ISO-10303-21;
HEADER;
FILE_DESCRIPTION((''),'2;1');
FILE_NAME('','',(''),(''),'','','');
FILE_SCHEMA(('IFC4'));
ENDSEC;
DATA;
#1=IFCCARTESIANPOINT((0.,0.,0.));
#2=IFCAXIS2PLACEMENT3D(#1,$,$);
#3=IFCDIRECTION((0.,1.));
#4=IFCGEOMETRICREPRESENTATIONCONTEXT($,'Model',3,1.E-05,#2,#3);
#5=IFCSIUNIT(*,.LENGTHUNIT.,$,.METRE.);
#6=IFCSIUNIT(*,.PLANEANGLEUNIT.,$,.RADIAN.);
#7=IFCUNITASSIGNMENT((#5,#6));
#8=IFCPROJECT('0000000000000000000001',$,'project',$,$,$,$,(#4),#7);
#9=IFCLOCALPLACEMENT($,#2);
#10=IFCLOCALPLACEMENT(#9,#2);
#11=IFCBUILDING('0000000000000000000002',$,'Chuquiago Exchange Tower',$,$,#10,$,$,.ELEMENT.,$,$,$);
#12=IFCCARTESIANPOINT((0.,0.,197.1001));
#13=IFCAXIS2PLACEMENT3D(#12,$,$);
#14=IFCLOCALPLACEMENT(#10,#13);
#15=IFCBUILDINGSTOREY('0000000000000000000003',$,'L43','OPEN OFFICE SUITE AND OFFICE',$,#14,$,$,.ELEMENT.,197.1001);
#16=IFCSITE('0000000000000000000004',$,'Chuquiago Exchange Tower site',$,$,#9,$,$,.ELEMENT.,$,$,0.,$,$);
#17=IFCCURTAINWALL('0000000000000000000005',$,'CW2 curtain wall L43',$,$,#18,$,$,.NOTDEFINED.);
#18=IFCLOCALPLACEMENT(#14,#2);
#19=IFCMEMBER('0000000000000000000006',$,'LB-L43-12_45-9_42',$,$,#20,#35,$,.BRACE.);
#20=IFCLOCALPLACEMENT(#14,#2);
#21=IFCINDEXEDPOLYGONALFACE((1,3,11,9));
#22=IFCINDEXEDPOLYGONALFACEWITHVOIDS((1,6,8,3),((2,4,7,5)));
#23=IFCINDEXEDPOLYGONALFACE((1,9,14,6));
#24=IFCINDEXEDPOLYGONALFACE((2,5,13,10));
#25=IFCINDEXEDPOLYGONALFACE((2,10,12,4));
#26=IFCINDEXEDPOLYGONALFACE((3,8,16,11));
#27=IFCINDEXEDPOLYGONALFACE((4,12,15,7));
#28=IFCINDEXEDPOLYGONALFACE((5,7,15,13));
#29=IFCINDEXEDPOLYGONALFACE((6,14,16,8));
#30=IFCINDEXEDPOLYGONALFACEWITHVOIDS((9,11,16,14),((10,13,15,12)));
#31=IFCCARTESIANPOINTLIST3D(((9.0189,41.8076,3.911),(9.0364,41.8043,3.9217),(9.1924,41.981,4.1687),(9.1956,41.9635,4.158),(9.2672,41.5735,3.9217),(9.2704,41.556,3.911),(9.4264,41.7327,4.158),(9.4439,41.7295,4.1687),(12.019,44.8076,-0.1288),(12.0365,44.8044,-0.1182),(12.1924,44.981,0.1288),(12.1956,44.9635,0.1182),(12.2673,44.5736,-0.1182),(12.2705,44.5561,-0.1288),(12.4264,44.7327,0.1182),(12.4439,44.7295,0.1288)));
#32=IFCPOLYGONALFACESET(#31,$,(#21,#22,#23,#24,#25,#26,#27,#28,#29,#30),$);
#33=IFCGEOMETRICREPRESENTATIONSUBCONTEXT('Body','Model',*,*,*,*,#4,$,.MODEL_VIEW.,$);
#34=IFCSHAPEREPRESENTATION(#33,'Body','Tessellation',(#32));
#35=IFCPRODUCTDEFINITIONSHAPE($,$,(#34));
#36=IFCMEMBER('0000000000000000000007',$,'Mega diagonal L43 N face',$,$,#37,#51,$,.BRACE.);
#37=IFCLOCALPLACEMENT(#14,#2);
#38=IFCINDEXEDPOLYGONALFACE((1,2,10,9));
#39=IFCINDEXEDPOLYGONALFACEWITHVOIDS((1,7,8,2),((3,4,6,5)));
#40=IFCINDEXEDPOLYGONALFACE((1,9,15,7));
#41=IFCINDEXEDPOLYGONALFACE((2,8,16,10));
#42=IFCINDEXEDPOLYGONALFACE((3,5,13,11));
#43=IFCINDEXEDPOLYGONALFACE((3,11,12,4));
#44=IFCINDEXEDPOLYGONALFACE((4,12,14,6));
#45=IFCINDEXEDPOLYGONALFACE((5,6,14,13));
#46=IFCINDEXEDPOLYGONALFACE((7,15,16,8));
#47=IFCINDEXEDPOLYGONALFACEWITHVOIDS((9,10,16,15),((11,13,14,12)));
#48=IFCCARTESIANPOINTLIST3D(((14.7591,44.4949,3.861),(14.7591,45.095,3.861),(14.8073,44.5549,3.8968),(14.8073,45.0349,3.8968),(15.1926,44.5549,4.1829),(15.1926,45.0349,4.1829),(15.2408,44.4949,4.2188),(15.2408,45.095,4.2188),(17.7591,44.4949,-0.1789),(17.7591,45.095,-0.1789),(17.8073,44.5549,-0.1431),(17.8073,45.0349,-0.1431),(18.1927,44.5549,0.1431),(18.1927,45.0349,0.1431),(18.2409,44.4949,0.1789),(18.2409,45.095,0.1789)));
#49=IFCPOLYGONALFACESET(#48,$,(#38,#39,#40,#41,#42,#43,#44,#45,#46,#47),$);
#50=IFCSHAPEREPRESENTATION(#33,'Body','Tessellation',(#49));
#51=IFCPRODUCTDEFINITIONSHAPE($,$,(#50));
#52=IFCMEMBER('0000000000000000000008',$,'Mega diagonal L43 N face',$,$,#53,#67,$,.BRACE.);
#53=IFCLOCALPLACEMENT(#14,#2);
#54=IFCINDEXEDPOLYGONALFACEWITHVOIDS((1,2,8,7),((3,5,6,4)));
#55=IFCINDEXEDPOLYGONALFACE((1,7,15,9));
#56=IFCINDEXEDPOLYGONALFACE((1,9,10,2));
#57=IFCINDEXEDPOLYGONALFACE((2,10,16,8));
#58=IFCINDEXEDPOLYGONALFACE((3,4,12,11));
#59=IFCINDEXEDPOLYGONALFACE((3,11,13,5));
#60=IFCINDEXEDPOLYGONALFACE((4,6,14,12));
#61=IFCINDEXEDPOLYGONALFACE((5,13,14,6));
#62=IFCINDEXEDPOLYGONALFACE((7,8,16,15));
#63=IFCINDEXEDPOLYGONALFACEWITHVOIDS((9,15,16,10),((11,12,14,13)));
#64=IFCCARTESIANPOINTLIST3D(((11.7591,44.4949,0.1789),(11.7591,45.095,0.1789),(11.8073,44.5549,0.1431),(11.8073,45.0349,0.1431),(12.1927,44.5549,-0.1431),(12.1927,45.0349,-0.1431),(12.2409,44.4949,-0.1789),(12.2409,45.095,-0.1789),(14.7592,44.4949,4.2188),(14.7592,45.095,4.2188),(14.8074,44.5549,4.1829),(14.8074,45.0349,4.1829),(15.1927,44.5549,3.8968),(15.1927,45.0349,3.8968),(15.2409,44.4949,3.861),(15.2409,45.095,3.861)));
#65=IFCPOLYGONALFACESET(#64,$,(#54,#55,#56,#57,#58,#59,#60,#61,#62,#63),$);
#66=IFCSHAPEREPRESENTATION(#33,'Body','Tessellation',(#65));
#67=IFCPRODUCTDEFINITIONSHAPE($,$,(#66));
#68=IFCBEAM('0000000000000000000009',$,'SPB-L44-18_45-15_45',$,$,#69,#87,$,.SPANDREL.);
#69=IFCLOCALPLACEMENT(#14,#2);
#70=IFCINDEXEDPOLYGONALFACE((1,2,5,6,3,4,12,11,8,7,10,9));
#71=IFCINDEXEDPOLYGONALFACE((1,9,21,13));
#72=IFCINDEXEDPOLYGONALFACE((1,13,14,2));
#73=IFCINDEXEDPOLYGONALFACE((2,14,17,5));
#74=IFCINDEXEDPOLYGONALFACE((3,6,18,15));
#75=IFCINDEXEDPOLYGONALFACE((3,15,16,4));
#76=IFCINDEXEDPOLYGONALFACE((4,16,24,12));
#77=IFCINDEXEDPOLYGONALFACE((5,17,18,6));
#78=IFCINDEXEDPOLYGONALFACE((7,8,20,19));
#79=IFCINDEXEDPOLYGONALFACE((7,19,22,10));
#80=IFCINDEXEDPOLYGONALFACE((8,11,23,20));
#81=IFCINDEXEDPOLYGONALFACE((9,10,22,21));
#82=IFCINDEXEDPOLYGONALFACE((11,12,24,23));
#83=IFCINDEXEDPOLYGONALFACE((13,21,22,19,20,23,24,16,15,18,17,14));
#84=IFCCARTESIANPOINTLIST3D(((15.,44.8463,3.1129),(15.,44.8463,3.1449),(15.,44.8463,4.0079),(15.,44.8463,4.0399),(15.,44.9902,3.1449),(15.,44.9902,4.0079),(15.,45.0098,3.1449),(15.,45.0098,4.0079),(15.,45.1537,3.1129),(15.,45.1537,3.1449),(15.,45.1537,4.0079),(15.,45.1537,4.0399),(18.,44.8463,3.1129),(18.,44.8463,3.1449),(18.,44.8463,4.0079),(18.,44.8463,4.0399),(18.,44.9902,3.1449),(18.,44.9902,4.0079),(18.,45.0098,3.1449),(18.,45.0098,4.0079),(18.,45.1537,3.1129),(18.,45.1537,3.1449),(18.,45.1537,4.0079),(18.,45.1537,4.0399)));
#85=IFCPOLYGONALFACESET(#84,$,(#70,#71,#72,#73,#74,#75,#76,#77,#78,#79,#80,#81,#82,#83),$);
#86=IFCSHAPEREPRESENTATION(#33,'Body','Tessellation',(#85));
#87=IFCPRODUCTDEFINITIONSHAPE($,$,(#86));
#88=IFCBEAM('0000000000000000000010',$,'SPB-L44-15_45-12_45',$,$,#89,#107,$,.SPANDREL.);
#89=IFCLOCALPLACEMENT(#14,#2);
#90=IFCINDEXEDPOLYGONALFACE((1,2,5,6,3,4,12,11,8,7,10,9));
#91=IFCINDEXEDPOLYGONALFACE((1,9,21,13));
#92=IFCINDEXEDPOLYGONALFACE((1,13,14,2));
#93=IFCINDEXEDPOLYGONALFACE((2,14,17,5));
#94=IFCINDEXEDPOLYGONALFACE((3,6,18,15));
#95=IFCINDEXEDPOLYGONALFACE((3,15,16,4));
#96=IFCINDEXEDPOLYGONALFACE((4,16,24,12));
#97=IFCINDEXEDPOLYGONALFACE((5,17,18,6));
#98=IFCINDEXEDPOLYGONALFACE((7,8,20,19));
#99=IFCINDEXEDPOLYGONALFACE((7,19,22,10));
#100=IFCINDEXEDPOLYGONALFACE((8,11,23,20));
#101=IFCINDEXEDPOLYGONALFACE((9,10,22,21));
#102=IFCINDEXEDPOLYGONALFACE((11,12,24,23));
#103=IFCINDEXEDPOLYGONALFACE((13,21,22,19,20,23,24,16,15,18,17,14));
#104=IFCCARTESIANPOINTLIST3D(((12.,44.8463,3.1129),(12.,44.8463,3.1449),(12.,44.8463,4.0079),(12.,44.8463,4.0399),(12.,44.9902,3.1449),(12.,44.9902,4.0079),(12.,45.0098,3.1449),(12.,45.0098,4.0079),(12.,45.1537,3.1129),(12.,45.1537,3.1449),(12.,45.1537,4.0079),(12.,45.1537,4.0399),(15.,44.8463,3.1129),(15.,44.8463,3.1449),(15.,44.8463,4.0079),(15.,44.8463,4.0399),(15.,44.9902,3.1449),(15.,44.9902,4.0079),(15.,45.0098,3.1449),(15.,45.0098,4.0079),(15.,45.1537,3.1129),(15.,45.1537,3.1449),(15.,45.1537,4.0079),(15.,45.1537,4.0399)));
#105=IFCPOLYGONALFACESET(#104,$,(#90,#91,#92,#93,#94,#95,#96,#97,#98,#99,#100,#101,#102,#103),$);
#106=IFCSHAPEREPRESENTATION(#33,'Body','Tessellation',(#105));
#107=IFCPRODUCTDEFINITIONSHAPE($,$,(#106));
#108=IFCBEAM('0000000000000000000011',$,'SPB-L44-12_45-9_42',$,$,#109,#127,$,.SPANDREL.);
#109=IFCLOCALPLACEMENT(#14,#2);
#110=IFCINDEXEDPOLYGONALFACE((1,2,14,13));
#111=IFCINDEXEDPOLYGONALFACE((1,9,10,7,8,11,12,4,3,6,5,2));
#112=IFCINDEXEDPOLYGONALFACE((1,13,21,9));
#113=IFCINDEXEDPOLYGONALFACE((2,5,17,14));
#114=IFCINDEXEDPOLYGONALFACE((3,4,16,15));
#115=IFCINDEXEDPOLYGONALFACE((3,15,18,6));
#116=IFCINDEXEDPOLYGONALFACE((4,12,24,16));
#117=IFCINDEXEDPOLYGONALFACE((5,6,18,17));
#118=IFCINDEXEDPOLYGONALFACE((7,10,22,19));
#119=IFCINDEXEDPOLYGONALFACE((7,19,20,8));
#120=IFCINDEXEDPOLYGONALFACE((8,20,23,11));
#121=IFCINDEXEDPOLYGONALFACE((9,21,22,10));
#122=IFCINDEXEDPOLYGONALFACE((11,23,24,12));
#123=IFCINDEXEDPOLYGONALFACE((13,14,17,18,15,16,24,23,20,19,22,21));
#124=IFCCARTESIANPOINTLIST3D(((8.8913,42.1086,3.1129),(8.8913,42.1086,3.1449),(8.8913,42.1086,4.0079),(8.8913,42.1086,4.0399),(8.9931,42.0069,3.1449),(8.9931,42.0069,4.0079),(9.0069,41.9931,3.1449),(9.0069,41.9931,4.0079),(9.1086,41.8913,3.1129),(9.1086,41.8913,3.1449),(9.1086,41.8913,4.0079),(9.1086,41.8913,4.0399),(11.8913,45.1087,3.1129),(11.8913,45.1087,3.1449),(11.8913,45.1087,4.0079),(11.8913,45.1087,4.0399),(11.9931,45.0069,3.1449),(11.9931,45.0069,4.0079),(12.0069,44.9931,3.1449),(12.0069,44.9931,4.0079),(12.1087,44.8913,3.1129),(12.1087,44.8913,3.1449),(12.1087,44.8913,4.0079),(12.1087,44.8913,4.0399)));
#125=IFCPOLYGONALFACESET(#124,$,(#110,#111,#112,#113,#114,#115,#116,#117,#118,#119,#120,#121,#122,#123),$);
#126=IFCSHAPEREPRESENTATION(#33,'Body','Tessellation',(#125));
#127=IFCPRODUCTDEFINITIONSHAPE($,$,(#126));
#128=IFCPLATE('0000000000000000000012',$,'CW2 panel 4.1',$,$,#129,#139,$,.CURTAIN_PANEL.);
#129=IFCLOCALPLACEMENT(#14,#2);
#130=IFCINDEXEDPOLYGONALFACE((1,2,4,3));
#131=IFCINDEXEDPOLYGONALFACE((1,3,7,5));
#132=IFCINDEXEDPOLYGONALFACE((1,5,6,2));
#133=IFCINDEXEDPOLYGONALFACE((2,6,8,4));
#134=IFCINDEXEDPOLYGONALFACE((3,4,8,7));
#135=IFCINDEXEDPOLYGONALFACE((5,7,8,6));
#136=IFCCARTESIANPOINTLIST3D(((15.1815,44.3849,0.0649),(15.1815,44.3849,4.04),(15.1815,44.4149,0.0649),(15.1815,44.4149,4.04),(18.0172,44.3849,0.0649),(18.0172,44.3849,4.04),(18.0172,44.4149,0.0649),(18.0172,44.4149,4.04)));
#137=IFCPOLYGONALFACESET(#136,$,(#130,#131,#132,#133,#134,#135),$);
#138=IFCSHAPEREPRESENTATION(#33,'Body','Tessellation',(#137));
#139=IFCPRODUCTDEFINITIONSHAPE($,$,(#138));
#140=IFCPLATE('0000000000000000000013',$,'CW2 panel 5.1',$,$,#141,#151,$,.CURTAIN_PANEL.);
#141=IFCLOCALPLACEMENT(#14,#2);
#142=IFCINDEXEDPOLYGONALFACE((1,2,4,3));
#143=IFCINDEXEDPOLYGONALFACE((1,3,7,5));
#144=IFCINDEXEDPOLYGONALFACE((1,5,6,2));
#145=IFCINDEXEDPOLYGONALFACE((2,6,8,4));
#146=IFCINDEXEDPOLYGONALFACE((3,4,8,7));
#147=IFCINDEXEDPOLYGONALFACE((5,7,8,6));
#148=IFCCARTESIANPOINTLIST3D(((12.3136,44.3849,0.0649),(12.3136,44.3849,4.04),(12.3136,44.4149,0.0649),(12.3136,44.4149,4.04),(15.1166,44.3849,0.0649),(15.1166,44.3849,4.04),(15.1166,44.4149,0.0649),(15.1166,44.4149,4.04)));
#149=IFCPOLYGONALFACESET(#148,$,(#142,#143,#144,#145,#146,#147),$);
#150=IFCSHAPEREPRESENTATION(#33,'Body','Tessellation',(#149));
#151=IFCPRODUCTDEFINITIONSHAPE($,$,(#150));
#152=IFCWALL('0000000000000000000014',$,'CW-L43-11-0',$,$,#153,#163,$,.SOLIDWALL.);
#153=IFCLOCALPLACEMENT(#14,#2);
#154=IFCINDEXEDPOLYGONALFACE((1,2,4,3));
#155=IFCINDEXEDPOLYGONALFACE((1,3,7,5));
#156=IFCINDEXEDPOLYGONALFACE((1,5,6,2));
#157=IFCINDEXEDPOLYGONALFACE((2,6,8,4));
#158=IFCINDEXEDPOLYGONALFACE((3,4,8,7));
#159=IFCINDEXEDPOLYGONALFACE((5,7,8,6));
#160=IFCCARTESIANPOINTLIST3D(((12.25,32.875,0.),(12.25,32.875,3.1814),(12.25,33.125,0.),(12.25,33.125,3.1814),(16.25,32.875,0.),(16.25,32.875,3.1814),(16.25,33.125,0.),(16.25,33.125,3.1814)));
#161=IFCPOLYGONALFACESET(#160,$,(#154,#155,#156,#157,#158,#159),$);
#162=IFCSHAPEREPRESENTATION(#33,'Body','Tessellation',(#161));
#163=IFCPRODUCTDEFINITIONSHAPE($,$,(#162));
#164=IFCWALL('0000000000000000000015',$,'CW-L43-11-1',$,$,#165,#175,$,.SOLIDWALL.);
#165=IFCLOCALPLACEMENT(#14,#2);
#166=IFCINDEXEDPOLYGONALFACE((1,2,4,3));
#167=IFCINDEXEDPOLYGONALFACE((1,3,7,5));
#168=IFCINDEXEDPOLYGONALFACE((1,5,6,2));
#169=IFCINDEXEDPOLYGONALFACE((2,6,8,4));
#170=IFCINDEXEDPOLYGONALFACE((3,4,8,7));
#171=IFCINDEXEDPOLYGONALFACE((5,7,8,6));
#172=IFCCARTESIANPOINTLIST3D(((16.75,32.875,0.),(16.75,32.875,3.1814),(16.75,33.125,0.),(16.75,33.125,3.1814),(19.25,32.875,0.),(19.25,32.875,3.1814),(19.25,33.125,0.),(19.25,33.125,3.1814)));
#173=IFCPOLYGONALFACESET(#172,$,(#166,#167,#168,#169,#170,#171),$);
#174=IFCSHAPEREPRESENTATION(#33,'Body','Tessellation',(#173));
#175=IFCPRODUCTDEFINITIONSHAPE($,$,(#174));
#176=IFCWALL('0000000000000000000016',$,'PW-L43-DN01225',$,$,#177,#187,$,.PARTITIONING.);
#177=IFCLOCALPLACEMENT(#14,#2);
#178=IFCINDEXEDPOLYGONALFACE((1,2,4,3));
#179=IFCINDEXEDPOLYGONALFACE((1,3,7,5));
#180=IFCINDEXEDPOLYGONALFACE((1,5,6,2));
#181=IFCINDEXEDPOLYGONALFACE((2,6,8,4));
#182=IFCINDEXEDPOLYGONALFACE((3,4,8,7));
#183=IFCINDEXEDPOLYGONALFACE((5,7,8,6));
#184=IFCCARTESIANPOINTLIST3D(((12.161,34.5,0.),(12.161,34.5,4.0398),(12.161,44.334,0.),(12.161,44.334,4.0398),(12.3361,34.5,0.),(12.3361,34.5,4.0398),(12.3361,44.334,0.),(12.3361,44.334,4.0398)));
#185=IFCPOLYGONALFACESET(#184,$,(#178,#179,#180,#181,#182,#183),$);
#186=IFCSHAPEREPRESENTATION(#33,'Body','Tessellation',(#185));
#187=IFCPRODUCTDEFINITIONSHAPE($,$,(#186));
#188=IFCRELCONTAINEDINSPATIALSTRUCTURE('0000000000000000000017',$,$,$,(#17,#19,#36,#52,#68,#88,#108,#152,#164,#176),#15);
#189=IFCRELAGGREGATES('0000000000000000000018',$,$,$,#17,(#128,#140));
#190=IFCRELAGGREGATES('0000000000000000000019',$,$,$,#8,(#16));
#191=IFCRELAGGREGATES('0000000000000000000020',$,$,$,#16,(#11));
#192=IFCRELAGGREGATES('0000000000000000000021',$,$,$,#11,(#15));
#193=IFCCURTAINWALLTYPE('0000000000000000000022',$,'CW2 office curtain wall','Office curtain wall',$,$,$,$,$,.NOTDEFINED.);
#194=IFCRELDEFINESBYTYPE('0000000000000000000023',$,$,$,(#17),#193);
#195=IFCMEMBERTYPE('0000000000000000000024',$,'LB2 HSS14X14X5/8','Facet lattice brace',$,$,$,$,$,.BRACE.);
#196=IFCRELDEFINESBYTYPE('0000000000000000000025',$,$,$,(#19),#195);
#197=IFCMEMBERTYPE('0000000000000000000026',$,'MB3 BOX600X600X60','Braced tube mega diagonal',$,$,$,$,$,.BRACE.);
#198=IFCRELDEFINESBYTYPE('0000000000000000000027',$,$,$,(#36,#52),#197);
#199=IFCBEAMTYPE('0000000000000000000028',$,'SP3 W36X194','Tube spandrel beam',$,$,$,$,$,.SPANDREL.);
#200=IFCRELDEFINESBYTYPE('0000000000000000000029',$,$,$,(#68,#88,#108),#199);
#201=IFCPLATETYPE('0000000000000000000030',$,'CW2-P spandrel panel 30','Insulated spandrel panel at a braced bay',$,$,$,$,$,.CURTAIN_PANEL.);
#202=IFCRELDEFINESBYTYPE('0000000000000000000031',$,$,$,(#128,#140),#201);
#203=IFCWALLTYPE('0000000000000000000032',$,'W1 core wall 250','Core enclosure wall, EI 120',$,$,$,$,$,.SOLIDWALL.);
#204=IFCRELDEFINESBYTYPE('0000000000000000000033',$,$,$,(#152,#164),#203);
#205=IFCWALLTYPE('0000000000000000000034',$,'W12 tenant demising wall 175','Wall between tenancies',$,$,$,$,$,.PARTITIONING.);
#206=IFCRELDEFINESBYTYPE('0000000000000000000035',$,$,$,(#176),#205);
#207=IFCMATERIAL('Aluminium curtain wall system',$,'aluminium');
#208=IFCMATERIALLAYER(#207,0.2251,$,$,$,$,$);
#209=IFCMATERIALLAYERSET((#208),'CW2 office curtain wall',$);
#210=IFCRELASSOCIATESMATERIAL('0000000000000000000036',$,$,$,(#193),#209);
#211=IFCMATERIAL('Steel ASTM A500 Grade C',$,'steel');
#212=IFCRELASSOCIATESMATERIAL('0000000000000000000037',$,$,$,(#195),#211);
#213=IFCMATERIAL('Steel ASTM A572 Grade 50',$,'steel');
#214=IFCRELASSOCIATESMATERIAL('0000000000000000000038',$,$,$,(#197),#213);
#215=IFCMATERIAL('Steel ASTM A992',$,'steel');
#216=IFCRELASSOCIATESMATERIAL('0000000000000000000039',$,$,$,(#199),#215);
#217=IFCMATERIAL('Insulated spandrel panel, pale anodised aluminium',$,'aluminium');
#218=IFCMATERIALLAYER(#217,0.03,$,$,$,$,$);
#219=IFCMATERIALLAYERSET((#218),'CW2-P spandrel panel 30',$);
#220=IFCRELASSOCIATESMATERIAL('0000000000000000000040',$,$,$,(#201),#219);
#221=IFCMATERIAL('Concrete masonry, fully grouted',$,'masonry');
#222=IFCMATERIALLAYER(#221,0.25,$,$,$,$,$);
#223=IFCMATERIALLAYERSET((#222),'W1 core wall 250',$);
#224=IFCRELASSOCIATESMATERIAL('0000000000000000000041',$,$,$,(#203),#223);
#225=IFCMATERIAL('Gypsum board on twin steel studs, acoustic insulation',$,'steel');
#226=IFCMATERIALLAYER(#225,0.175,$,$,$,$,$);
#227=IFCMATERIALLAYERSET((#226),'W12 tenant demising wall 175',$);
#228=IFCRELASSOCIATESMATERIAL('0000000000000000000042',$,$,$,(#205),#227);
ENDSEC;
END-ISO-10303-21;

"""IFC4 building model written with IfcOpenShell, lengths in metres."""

from ifc_helpers import new_model, si_unit, direction, frame, frame_2d, origin, origin_2d, place, context, subcontext, project, spatial, rectangle, hollow_rectangle, i_section, extrude, material, layer, layer_set, material_profile, profile_set, type_object, element, aggregate, save


model = new_model("IFC4")

# Units and contexts
model_context = context("Model", 3, precision=1e-05, world=origin(), true_north=direction((0.0, 1.0)))
body_context = subcontext(model_context, "Body", "Model", "MODEL_VIEW")
ifc_project = project(units=[si_unit("LENGTHUNIT", "METRE"), si_unit("PLANEANGLEUNIT", "RADIAN")], contexts=[model_context])

# Site, building, storey
site_placement = place(None, origin())
site = spatial("IfcSite", under=ifc_project, at=site_placement, Name="Chuquiago Exchange Tower site", CompositionType="ELEMENT", RefElevation=0.0)
building_placement = place(site_placement, origin())
building = spatial("IfcBuilding", under=site, at=building_placement, Name="Chuquiago Exchange Tower", CompositionType="ELEMENT")
storey_placement = place(building_placement, frame((0.0, 0.0, 197.1001)))
storey = spatial("IfcBuildingStorey", under=building, at=storey_placement, Name="L43", Description="OPEN OFFICE SUITE AND OFFICE", CompositionType="ELEMENT", Elevation=197.1001)

# Curtain wall
ifc_material_1 = material(Name="Aluminium curtain wall system", Category="aluminium")
ifc_layer_1 = layer(ifc_material_1, 0.2251)
ifc_layer_set_1 = layer_set([ifc_layer_1], Name="CW2 office curtain wall")
curtain_wall_type_1 = type_object("IfcCurtainWallType", Name="CW2 office curtain wall", Description="Office curtain wall", PredefinedType="NOTDEFINED", material=ifc_layer_set_1)
curtain_wall_1_placement = place(storey_placement, origin())
curtain_wall_1 = element("IfcCurtainWall", 1, at=curtain_wall_1_placement, inside=storey, type_object=curtain_wall_type_1, Name="CW2 curtain wall L43", PredefinedType="NOTDEFINED")

# Members
ifc_material_2 = material(Name="Steel ASTM A500 Grade C", Category="steel")
ifc_material_profile_1 = material_profile(ifc_material_2, hollow_rectangle(XDim=0.3557, YDim=0.3557, WallThickness=0.0146, at=origin_2d()), Name="HSS14X14X5/8")
ifc_profile_set_1 = profile_set([ifc_material_profile_1], Name="Steel ASTM A500 Grade C")
member_type_1 = type_object("IfcMemberType", Name="LB2 HSS14X14X5/8", Description="Facet lattice brace", PredefinedType="BRACE", material=ifc_profile_set_1)
member_1_placement = place(storey_placement, frame((12.2314, 44.7686, 0.0), z_axis=(-0.512092, -0.512092, 0.689582), x_axis=(0.707107, -0.707107, 0.0)))
element("IfcMember", 2, at=member_1_placement, inside=storey, type_object=member_type_1, Name="LB-L43-12_45-9_42", PredefinedType="BRACE", context=body_context, shape_type="SweptSolid", body=[
    extrude(hollow_rectangle(XDim=0.3557, YDim=0.3557, WallThickness=0.0146, at=origin_2d()), origin(), (0.0, 0.0, 1.0), 5.8584),
])
ifc_material_3 = material(Name="Steel ASTM A572 Grade 50", Category="steel")
ifc_material_profile_2 = material_profile(ifc_material_3, hollow_rectangle(XDim=0.6001, YDim=0.6001, WallThickness=0.0601, at=origin_2d()), Name="BOX600X600X60")
ifc_profile_set_2 = profile_set([ifc_material_profile_2], Name="Steel ASTM A572 Grade 50")
member_type_2 = type_object("IfcMemberType", Name="MB3 BOX600X600X60", Description="Braced tube mega diagonal", PredefinedType="BRACE", material=ifc_profile_set_2)
for number, where, z_axis, x_axis, name in (
    (3, (18.0, 44.7949, 0.0), (-0.596197, 0.0, 0.802838), (0.0, -1.0, 0.0), "Mega diagonal L43 N face"),
    (4, (12.0, 44.7949, 0.0), (0.596197, 0.0, 0.802838), (0.0, 1.0, 0.0), "Mega diagonal L43 N face"),
):
    element("IfcMember", number, at=place(storey_placement, frame(where, z_axis=z_axis, x_axis=x_axis)), inside=storey, type_object=member_type_2, Name=name, PredefinedType="BRACE", context=body_context, shape_type="SweptSolid", body=[
        extrude(hollow_rectangle(XDim=0.6001, YDim=0.6001, WallThickness=0.0601, at=origin_2d()), origin(), (0.0, 0.0, 1.0), 5.032),
    ])

# Beams
ifc_material_4 = material(Name="Steel ASTM A992", Category="steel")
ifc_material_profile_3 = material_profile(ifc_material_4, i_section(OverallWidth=0.3074, OverallDepth=0.927, WebThickness=0.0195, FlangeThickness=0.032, at=origin_2d()), Name="W36X194")
ifc_profile_set_3 = profile_set([ifc_material_profile_3], Name="Steel ASTM A992")
beam_type_1 = type_object("IfcBeamType", Name="SP3 W36X194", Description="Tube spandrel beam", PredefinedType="SPANDREL", material=ifc_profile_set_3)
for number, where, z_axis, x_axis, name in (
    (5, (18.0, 45.0, 3.5764), (-1.0, 0.0, 0.0), (0.0, -1.0, 0.0), "SPB-L44-18_45-15_45"),
    (6, (15.0, 45.0, 3.5764), (-1.0, 0.0, 0.0), (0.0, -1.0, 0.0), "SPB-L44-15_45-12_45"),
):
    element("IfcBeam", number, at=place(storey_placement, frame(where, z_axis=z_axis, x_axis=x_axis)), inside=storey, type_object=beam_type_1, Name=name, PredefinedType="SPANDREL", context=body_context, shape_type="SweptSolid", body=[
        extrude(i_section(OverallWidth=0.3074, OverallDepth=0.927, WebThickness=0.0195, FlangeThickness=0.032, at=origin_2d()), origin(), (0.0, 0.0, 1.0), 3.0),
    ])
beam_1_placement = place(storey_placement, frame((12.0, 45.0, 3.5764), z_axis=(-0.707107, -0.707107, 0.0), x_axis=(0.707107, -0.707107, 0.0)))
element("IfcBeam", 7, at=beam_1_placement, inside=storey, type_object=beam_type_1, Name="SPB-L44-12_45-9_42", PredefinedType="SPANDREL", context=body_context, shape_type="SweptSolid", body=[
    extrude(i_section(OverallWidth=0.3074, OverallDepth=0.927, WebThickness=0.0195, FlangeThickness=0.032, at=origin_2d()), origin(), (0.0, 0.0, 1.0), 4.2427),
])

# Plates
ifc_material_5 = material(Name="Insulated spandrel panel, pale anodised aluminium", Category="aluminium")
ifc_layer_2 = layer(ifc_material_5, 0.03)
ifc_layer_set_2 = layer_set([ifc_layer_2], Name="CW2-P spandrel panel 30")
plate_type = type_object("IfcPlateType", Name="CW2-P spandrel panel 30", Description="Insulated spandrel panel at a braced bay", PredefinedType="CURTAIN_PANEL", material=ifc_layer_set_2)
plate_1_placement = place(storey_placement, frame((16.5994, 44.3999, 0.0649), z_axis=(0.0, 0.0, 1.0), x_axis=(-1.0, 0.0, 0.0)))
plate_1 = element("IfcPlate", 8, at=plate_1_placement, type_object=plate_type, Name="CW2 panel 4.1", PredefinedType="CURTAIN_PANEL", context=body_context, shape_type="SweptSolid", body=[
    extrude(rectangle(XDim=2.8357, YDim=0.03, at=origin_2d()), origin(), (0.0, 0.0, 1.0), 3.9751),
])
plate_2_placement = place(storey_placement, frame((13.7151, 44.3999, 0.0649), z_axis=(0.0, 0.0, 1.0), x_axis=(-1.0, 0.0, 0.0)))
plate_2 = element("IfcPlate", 9, at=plate_2_placement, type_object=plate_type, Name="CW2 panel 5.1", PredefinedType="CURTAIN_PANEL", context=body_context, shape_type="SweptSolid", body=[
    extrude(rectangle(XDim=2.803, YDim=0.03, at=origin_2d()), origin(), (0.0, 0.0, 1.0), 3.9751),
])
aggregate(curtain_wall_1, [plate_1, plate_2])

# Walls
ifc_material_6 = material(Name="Concrete masonry, fully grouted", Category="masonry")
ifc_layer_3 = layer(ifc_material_6, 0.25)
ifc_layer_set_3 = layer_set([ifc_layer_3], Name="W1 core wall 250")
wall_type_1 = type_object("IfcWallType", Name="W1 core wall 250", Description="Core enclosure wall, EI 120", PredefinedType="SOLIDWALL", material=ifc_layer_set_3)
wall_1_placement = place(storey_placement, frame((12.25, 33.0, 0.0), z_axis=(0.0, 0.0, 1.0), x_axis=(1.0, 0.0, 0.0)))
element("IfcWall", 10, at=wall_1_placement, inside=storey, type_object=wall_type_1, Name="CW-L43-11-0", PredefinedType="SOLIDWALL", context=body_context, shape_type="SweptSolid", body=[
    extrude(rectangle(XDim=4.0, YDim=0.25, at=frame_2d((2.0, 0.0))), origin(), (0.0, 0.0, 1.0), 3.1814),
])
wall_2_placement = place(storey_placement, frame((16.75, 33.0, 0.0), z_axis=(0.0, 0.0, 1.0), x_axis=(1.0, 0.0, 0.0)))
element("IfcWall", 11, at=wall_2_placement, inside=storey, type_object=wall_type_1, Name="CW-L43-11-1", PredefinedType="SOLIDWALL", context=body_context, shape_type="SweptSolid", body=[
    extrude(rectangle(XDim=2.5, YDim=0.25, at=frame_2d((1.25, 0.0))), origin(), (0.0, 0.0, 1.0), 3.1814),
])
ifc_material_7 = material(Name="Gypsum board on twin steel studs, acoustic insulation", Category="steel")
ifc_layer_4 = layer(ifc_material_7, 0.175)
ifc_layer_set_4 = layer_set([ifc_layer_4], Name="W12 tenant demising wall 175")
wall_type_2 = type_object("IfcWallType", Name="W12 tenant demising wall 175", Description="Wall between tenancies", PredefinedType="PARTITIONING", material=ifc_layer_set_4)
wall_3_placement = place(storey_placement, frame((12.2485, 44.334, 0.0), z_axis=(0.0, 0.0, 1.0), x_axis=(0.0, -1.0, 0.0)))
element("IfcWall", 12, at=wall_3_placement, inside=storey, type_object=wall_type_2, Name="PW-L43-DN01225", PredefinedType="PARTITIONING", context=body_context, shape_type="SweptSolid", body=[
    extrude(rectangle(XDim=9.834, YDim=0.175, at=frame_2d((4.917, 0.0))), origin(), (0.0, 0.0, 1.0), 4.0398),
])

save(model, "model.ifc")
